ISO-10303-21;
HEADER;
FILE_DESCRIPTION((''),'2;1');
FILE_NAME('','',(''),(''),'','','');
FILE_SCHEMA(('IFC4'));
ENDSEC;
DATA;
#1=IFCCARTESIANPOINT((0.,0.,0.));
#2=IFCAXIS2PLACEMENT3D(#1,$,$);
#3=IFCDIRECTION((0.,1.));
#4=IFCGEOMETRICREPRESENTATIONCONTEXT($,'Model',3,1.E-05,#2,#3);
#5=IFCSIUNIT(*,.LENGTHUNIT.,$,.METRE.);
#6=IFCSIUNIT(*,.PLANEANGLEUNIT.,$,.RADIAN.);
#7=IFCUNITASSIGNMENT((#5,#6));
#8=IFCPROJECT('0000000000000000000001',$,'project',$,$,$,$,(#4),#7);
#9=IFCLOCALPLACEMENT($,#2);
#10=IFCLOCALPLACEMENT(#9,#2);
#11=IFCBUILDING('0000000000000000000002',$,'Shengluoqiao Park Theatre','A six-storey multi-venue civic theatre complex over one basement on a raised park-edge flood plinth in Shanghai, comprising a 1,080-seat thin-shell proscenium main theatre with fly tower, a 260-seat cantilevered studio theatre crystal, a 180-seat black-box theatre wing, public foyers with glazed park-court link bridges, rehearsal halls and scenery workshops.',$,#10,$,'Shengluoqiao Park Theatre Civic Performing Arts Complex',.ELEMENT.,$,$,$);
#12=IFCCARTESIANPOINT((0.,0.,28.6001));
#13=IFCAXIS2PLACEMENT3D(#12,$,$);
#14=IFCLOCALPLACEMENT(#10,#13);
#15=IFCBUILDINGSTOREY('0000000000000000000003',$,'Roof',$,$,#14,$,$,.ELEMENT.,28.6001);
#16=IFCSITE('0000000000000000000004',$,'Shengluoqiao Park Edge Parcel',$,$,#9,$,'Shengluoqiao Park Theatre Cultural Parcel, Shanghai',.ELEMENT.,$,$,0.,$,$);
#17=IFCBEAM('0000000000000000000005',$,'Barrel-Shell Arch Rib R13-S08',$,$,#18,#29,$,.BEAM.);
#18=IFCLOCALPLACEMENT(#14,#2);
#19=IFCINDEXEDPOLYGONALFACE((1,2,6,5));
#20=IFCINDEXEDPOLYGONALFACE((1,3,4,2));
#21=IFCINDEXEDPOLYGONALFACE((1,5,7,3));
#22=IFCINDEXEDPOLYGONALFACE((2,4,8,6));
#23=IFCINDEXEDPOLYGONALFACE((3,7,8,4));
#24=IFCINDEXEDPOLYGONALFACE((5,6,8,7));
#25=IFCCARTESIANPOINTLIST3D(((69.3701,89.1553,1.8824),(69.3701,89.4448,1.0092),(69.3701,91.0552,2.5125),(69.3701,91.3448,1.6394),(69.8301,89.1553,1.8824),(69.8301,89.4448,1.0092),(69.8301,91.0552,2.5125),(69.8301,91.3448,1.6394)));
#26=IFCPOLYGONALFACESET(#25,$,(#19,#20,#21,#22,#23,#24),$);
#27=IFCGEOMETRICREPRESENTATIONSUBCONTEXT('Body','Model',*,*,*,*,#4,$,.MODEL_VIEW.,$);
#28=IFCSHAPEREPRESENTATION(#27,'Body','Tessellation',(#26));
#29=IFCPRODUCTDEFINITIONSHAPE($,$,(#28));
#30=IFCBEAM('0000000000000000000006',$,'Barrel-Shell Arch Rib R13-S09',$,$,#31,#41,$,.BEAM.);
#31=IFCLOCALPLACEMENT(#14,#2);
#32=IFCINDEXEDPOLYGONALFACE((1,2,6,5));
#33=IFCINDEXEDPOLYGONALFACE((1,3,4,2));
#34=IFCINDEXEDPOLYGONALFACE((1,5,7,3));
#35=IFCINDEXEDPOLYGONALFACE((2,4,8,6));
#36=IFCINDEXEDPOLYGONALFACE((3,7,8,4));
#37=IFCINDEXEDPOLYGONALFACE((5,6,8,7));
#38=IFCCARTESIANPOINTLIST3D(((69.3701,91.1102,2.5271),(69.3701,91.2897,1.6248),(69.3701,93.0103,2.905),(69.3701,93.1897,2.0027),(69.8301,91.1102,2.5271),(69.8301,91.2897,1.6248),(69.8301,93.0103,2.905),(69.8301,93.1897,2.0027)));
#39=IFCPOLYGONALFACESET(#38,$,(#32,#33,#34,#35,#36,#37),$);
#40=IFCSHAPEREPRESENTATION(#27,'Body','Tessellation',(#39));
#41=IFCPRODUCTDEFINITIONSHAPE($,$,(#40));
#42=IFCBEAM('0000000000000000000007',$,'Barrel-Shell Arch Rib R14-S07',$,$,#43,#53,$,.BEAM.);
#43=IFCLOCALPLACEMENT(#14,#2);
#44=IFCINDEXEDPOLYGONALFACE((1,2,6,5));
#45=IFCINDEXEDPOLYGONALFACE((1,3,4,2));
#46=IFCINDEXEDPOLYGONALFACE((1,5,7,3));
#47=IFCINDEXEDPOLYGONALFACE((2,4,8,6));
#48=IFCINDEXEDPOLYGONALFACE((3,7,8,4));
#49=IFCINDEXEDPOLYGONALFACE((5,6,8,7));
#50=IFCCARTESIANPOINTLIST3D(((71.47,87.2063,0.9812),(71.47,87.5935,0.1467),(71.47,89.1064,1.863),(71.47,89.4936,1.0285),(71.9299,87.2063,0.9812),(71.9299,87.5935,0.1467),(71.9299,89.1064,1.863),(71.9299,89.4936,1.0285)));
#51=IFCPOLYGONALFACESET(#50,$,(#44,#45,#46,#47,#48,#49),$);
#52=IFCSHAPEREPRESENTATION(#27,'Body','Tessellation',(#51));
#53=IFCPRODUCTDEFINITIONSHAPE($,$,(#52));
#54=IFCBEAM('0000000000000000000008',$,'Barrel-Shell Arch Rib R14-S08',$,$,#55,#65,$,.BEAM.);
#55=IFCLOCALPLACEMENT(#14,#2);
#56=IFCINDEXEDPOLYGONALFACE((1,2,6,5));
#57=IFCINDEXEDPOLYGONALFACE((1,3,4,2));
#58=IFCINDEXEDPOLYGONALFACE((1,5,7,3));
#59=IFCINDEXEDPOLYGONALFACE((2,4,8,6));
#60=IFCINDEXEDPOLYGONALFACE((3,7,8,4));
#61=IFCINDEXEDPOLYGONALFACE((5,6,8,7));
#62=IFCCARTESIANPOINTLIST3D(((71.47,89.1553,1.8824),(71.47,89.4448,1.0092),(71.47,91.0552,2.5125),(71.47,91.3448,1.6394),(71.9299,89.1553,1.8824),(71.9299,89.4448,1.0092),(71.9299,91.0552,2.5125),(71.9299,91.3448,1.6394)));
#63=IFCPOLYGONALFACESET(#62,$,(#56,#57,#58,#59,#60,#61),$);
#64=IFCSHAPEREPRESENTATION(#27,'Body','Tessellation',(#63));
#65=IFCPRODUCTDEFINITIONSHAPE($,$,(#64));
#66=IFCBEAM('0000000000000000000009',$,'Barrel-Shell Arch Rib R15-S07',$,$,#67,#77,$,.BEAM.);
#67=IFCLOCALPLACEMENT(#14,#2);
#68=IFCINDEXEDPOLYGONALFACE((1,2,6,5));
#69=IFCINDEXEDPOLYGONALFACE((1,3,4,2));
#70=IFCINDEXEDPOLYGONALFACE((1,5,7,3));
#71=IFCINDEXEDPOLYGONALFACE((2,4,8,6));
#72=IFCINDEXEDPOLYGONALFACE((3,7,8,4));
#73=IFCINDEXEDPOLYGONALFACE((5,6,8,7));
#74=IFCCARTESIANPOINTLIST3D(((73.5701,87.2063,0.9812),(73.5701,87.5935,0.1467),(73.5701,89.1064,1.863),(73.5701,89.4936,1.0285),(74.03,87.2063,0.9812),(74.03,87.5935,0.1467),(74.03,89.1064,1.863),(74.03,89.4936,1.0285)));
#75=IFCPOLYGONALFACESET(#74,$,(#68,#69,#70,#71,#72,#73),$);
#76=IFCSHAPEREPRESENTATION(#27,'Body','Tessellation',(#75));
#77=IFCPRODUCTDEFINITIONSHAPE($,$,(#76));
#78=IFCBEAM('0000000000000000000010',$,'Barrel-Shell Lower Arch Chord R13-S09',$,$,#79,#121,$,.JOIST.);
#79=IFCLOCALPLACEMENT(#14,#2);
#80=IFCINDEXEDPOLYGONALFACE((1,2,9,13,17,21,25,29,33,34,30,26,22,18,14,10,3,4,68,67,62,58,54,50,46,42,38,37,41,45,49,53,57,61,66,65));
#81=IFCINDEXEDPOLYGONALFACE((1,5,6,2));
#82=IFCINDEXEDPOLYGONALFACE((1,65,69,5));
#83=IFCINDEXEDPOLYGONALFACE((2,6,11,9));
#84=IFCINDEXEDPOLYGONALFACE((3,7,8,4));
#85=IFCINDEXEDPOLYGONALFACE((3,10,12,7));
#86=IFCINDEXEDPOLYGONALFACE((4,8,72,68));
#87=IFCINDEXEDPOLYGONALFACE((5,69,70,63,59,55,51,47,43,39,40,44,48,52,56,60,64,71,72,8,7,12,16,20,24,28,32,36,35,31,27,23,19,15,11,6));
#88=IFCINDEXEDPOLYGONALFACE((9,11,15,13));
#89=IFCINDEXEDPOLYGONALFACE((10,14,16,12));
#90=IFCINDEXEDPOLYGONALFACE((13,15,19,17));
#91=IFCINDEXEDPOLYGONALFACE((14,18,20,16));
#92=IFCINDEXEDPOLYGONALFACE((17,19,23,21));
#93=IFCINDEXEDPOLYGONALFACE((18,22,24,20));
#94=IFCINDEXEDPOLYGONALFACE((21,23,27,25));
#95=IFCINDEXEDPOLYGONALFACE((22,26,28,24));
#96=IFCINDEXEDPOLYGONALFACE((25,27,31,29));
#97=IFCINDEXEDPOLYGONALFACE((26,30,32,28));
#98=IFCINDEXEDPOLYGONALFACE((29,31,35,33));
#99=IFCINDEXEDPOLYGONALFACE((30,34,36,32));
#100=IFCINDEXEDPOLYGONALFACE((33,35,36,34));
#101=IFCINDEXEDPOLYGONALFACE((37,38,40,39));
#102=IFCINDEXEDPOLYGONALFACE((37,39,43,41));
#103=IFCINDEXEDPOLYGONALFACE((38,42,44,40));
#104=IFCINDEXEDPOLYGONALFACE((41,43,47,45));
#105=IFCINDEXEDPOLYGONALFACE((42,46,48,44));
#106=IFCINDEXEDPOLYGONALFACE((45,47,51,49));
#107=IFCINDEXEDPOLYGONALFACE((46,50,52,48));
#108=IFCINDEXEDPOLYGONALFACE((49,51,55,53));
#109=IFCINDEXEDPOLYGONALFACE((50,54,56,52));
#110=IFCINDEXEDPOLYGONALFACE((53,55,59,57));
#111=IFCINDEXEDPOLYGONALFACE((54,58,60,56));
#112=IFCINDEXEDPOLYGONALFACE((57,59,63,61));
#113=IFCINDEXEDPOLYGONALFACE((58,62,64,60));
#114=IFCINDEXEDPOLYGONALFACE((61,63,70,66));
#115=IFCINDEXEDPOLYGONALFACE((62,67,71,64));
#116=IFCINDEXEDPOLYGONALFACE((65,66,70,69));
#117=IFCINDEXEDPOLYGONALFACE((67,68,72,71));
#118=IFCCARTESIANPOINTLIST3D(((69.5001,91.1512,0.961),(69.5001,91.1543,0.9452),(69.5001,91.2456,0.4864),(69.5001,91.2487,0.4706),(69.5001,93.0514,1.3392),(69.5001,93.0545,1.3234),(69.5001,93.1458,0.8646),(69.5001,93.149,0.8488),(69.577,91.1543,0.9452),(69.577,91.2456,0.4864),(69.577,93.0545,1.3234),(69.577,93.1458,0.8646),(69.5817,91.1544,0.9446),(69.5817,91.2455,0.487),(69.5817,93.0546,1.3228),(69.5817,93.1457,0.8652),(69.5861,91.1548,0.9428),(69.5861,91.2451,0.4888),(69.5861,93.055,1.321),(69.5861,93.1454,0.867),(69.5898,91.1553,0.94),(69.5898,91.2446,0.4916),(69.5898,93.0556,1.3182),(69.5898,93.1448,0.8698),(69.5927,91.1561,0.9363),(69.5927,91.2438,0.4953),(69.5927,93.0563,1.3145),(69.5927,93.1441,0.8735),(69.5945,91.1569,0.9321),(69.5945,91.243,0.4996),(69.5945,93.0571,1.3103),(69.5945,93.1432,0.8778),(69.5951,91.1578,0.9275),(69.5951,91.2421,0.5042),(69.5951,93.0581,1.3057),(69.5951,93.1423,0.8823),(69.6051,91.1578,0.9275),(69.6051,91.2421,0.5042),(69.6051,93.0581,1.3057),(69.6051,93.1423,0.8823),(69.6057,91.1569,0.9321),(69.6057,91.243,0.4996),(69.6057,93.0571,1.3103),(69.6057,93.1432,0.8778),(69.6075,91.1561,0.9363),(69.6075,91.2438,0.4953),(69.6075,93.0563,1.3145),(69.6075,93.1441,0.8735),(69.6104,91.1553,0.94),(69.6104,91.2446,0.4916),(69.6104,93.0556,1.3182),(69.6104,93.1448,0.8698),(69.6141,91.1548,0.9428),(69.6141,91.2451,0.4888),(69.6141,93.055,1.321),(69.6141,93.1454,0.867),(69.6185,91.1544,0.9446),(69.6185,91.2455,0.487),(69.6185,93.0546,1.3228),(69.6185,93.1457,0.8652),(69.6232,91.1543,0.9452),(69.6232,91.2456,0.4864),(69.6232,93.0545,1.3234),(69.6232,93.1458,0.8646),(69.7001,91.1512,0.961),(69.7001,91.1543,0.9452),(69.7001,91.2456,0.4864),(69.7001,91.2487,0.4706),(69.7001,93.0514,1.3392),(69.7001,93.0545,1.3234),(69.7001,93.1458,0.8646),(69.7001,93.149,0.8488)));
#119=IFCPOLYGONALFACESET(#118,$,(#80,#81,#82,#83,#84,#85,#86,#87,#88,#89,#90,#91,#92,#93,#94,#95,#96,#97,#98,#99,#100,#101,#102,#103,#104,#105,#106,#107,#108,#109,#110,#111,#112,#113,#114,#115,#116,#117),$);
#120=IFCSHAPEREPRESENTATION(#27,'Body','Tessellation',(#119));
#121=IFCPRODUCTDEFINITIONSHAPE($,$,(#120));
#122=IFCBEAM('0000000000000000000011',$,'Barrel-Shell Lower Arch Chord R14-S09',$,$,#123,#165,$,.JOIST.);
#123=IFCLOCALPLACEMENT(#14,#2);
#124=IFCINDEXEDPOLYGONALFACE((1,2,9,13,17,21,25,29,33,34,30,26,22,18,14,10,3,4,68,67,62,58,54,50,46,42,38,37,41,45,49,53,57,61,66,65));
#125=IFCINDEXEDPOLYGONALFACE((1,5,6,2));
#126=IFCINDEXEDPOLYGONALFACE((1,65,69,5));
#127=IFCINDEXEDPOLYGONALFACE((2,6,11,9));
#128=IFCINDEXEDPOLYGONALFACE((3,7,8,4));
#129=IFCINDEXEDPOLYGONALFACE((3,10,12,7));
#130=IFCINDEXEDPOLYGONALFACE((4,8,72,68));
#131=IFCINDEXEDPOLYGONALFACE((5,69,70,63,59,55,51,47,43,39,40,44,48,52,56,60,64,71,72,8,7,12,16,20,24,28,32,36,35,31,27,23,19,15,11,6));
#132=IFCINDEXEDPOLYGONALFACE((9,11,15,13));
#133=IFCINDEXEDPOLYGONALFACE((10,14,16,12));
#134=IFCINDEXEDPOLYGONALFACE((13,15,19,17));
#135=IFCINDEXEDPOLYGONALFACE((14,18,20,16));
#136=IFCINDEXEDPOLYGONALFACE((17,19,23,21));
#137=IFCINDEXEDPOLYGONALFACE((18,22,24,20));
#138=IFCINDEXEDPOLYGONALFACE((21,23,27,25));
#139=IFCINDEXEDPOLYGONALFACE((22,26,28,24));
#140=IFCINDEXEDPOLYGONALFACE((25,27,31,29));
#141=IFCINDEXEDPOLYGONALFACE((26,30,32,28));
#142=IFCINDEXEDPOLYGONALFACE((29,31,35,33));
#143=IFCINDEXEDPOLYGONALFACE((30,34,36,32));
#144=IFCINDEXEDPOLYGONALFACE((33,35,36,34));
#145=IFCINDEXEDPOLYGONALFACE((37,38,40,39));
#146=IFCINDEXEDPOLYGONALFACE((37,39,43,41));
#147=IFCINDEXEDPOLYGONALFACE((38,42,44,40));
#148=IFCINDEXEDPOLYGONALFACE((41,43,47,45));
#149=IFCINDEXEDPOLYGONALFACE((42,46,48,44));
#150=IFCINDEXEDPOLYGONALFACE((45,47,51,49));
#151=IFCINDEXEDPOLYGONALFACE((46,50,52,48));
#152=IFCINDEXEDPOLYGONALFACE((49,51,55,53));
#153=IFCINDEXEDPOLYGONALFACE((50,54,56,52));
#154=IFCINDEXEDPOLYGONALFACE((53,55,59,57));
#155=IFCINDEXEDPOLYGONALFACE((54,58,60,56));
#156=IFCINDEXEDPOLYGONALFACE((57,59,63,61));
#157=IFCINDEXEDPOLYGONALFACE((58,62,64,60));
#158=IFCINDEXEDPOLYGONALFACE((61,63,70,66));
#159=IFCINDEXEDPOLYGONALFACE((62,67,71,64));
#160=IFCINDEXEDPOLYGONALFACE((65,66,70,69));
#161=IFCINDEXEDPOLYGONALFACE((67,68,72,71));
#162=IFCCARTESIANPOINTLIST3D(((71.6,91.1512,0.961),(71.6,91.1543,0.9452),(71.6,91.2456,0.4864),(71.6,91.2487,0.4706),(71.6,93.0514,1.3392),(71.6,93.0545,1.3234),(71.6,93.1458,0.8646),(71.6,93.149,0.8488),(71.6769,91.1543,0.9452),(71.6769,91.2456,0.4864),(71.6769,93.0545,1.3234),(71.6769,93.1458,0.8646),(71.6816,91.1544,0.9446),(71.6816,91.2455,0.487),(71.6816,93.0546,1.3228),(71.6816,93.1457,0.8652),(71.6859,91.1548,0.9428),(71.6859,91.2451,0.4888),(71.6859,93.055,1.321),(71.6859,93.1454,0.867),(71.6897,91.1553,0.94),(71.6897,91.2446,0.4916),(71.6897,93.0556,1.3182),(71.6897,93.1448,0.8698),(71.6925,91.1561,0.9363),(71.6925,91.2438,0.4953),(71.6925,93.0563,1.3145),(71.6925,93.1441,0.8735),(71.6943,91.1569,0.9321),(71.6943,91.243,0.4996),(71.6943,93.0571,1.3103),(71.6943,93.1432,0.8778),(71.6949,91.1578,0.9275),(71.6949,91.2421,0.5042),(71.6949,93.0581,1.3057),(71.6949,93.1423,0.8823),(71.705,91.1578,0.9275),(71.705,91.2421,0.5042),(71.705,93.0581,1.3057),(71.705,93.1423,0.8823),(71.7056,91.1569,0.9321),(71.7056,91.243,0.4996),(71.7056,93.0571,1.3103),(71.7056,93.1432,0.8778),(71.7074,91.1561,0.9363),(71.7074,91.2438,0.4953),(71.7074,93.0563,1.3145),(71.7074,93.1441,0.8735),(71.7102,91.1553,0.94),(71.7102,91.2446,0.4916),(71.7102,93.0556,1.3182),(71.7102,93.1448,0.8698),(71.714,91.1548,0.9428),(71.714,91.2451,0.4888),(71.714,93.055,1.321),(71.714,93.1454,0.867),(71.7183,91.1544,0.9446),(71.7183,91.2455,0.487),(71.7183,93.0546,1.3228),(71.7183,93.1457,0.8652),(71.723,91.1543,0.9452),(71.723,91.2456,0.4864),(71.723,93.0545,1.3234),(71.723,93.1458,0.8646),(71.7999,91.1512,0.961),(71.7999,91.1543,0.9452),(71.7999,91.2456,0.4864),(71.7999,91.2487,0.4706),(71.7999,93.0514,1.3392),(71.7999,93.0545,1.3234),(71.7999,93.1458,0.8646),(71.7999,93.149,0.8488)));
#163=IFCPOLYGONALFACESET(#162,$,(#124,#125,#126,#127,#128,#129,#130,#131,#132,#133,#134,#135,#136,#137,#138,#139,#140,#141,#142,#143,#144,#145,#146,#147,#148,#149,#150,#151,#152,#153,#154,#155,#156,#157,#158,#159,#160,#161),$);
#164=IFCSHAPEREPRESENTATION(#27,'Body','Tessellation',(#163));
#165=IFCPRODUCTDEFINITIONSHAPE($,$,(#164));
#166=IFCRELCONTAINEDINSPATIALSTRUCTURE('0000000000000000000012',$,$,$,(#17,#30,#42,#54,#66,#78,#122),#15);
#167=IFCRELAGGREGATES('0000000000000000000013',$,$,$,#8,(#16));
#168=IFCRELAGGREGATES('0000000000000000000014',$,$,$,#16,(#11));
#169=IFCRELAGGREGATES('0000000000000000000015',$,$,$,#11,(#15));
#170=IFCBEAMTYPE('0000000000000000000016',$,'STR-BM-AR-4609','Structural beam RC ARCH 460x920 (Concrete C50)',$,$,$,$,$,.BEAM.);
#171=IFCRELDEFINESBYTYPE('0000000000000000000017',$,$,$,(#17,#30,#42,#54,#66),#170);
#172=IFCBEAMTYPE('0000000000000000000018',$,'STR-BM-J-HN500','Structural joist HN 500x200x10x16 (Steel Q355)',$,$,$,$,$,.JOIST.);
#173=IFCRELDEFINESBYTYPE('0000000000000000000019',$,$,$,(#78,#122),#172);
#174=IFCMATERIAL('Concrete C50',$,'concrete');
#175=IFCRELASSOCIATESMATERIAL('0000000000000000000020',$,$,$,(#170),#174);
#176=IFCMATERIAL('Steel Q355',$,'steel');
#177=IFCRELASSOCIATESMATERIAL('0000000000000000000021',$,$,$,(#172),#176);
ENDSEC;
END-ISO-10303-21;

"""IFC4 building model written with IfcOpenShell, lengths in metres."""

from ifc_helpers import new_model, si_unit, direction, frame, origin, origin_2d, place, context, subcontext, project, spatial, rectangle, i_section, extrude, material, material_profile, profile_set, type_object, element, save


model = new_model("IFC4")

# Units and contexts
model_context = context("Model", 3, precision=1e-05, world=origin(), true_north=direction((0.0, 1.0)))
body_context = subcontext(model_context, "Body", "Model", "MODEL_VIEW")
ifc_project = project(units=[si_unit("LENGTHUNIT", "METRE"), si_unit("PLANEANGLEUNIT", "RADIAN")], contexts=[model_context])

# Site, building, storey
site_placement = place(None, origin())
site = spatial("IfcSite", under=ifc_project, at=site_placement, Name="Shengluoqiao Park Edge Parcel", LongName="Shengluoqiao Park Theatre Cultural Parcel, Shanghai", CompositionType="ELEMENT", RefElevation=0.0)
building_placement = place(site_placement, origin())
building = spatial("IfcBuilding", under=site, at=building_placement, Name="Shengluoqiao Park Theatre", Description="A six-storey multi-venue civic theatre complex over one basement on a raised park-edge flood plinth in Shanghai, comprising a 1,080-seat thin-shell proscenium main theatre with fly tower, a 260-seat cantilevered studio theatre crystal, a 180-seat black-box theatre wing, public foyers with glazed park-court link bridges, rehearsal halls and scenery workshops.", LongName="Shengluoqiao Park Theatre Civic Performing Arts Complex", CompositionType="ELEMENT")
storey_placement = place(building_placement, frame((0.0, 0.0, 28.6001)))
storey = spatial("IfcBuildingStorey", under=building, at=storey_placement, Name="Roof", CompositionType="ELEMENT", Elevation=28.6001)

# Beams
ifc_material_1 = material(Name="Concrete C50", Category="concrete")
ifc_material_profile_1 = material_profile(ifc_material_1, rectangle(XDim=0.46, YDim=0.9199, at=origin_2d()), Name="RC ARCH 460x920")
ifc_profile_set_1 = profile_set([ifc_material_profile_1], Name="Concrete C50")
beam_type_1 = type_object("IfcBeamType", Name="STR-BM-AR-4609", Description="Structural beam RC ARCH 460x920 (Concrete C50)", PredefinedType="BEAM", material=ifc_profile_set_1)
beam_1_placement = place(storey_placement, frame((69.6001, 89.3, 1.4458), z_axis=(0.0, 0.949158, 0.3148), x_axis=(-1.0, 0.0, 0.0)))
element("IfcBeam", 1, at=beam_1_placement, inside=storey, type_object=beam_type_1, Name="Barrel-Shell Arch Rib R13-S08", PredefinedType="BEAM", context=body_context, shape_type="SweptSolid", body=[
    extrude(rectangle(XDim=0.46, YDim=0.9199, at=origin_2d()), origin(), (0.0, 0.0, 1.0), 2.0017),
])
beam_2_placement = place(storey_placement, frame((69.6001, 91.2, 2.0759), z_axis=(0.0, 0.980789, 0.195074), x_axis=(-1.0, 0.0, 0.0)))
element("IfcBeam", 2, at=beam_2_placement, inside=storey, type_object=beam_type_1, Name="Barrel-Shell Arch Rib R13-S09", PredefinedType="BEAM", context=body_context, shape_type="SweptSolid", body=[
    extrude(rectangle(XDim=0.46, YDim=0.9199, at=origin_2d()), origin(), (0.0, 0.0, 1.0), 1.9373),
])
beam_3_placement = place(storey_placement, frame((71.7, 87.3999, 0.564), z_axis=(0.0, 0.907077, 0.420964), x_axis=(-1.0, 0.0, 0.0)))
element("IfcBeam", 3, at=beam_3_placement, inside=storey, type_object=beam_type_1, Name="Barrel-Shell Arch Rib R14-S07", PredefinedType="BEAM", context=body_context, shape_type="SweptSolid", body=[
    extrude(rectangle(XDim=0.46, YDim=0.9199, at=origin_2d()), origin(), (0.0, 0.0, 1.0), 2.0947),
])
beam_4_placement = place(storey_placement, frame((71.7, 89.3, 1.4458), z_axis=(0.0, 0.949158, 0.3148), x_axis=(-1.0, 0.0, 0.0)))
element("IfcBeam", 4, at=beam_4_placement, inside=storey, type_object=beam_type_1, Name="Barrel-Shell Arch Rib R14-S08", PredefinedType="BEAM", context=body_context, shape_type="SweptSolid", body=[
    extrude(rectangle(XDim=0.46, YDim=0.9199, at=origin_2d()), origin(), (0.0, 0.0, 1.0), 2.0017),
])
beam_5_placement = place(storey_placement, frame((73.8, 87.3999, 0.564), z_axis=(0.0, 0.907077, 0.420964), x_axis=(-1.0, 0.0, 0.0)))
element("IfcBeam", 5, at=beam_5_placement, inside=storey, type_object=beam_type_1, Name="Barrel-Shell Arch Rib R15-S07", PredefinedType="BEAM", context=body_context, shape_type="SweptSolid", body=[
    extrude(rectangle(XDim=0.46, YDim=0.9199, at=origin_2d()), origin(), (0.0, 0.0, 1.0), 2.0947),
])
ifc_material_2 = material(Name="Steel Q355", Category="steel")
ifc_material_profile_2 = material_profile(ifc_material_2, i_section(OverallWidth=0.2, OverallDepth=0.5, WebThickness=0.01, FlangeThickness=0.0161, FilletRadius=0.0181, at=origin_2d()), Name="HN 500x200x10x16")
ifc_profile_set_2 = profile_set([ifc_material_profile_2], Name="Steel Q355")
beam_type_2 = type_object("IfcBeamType", Name="STR-BM-J-HN500", Description="Structural joist HN 500x200x10x16 (Steel Q355)", PredefinedType="JOIST", material=ifc_profile_set_2)
for number, where, z_axis, x_axis, name in (
    (6, (69.6001, 91.2, 0.7158), (0.0, 0.980764, 0.195195), (-1.0, 0.0, 0.0), "Barrel-Shell Lower Arch Chord R13-S09"),
    (7, (71.7, 91.2, 0.7158), (0.0, 0.980764, 0.195195), (-1.0, 0.0, 0.0), "Barrel-Shell Lower Arch Chord R14-S09"),
):
    element("IfcBeam", number, at=place(storey_placement, frame(where, z_axis=z_axis, x_axis=x_axis)), inside=storey, type_object=beam_type_2, Name=name, PredefinedType="JOIST", context=body_context, shape_type="SweptSolid", body=[
        extrude(i_section(OverallWidth=0.2, OverallDepth=0.5, WebThickness=0.01, FlangeThickness=0.0161, FilletRadius=0.0181, at=origin_2d()), origin(), (0.0, 0.0, 1.0), 1.9375),
    ])

save(model, "model.ifc")
